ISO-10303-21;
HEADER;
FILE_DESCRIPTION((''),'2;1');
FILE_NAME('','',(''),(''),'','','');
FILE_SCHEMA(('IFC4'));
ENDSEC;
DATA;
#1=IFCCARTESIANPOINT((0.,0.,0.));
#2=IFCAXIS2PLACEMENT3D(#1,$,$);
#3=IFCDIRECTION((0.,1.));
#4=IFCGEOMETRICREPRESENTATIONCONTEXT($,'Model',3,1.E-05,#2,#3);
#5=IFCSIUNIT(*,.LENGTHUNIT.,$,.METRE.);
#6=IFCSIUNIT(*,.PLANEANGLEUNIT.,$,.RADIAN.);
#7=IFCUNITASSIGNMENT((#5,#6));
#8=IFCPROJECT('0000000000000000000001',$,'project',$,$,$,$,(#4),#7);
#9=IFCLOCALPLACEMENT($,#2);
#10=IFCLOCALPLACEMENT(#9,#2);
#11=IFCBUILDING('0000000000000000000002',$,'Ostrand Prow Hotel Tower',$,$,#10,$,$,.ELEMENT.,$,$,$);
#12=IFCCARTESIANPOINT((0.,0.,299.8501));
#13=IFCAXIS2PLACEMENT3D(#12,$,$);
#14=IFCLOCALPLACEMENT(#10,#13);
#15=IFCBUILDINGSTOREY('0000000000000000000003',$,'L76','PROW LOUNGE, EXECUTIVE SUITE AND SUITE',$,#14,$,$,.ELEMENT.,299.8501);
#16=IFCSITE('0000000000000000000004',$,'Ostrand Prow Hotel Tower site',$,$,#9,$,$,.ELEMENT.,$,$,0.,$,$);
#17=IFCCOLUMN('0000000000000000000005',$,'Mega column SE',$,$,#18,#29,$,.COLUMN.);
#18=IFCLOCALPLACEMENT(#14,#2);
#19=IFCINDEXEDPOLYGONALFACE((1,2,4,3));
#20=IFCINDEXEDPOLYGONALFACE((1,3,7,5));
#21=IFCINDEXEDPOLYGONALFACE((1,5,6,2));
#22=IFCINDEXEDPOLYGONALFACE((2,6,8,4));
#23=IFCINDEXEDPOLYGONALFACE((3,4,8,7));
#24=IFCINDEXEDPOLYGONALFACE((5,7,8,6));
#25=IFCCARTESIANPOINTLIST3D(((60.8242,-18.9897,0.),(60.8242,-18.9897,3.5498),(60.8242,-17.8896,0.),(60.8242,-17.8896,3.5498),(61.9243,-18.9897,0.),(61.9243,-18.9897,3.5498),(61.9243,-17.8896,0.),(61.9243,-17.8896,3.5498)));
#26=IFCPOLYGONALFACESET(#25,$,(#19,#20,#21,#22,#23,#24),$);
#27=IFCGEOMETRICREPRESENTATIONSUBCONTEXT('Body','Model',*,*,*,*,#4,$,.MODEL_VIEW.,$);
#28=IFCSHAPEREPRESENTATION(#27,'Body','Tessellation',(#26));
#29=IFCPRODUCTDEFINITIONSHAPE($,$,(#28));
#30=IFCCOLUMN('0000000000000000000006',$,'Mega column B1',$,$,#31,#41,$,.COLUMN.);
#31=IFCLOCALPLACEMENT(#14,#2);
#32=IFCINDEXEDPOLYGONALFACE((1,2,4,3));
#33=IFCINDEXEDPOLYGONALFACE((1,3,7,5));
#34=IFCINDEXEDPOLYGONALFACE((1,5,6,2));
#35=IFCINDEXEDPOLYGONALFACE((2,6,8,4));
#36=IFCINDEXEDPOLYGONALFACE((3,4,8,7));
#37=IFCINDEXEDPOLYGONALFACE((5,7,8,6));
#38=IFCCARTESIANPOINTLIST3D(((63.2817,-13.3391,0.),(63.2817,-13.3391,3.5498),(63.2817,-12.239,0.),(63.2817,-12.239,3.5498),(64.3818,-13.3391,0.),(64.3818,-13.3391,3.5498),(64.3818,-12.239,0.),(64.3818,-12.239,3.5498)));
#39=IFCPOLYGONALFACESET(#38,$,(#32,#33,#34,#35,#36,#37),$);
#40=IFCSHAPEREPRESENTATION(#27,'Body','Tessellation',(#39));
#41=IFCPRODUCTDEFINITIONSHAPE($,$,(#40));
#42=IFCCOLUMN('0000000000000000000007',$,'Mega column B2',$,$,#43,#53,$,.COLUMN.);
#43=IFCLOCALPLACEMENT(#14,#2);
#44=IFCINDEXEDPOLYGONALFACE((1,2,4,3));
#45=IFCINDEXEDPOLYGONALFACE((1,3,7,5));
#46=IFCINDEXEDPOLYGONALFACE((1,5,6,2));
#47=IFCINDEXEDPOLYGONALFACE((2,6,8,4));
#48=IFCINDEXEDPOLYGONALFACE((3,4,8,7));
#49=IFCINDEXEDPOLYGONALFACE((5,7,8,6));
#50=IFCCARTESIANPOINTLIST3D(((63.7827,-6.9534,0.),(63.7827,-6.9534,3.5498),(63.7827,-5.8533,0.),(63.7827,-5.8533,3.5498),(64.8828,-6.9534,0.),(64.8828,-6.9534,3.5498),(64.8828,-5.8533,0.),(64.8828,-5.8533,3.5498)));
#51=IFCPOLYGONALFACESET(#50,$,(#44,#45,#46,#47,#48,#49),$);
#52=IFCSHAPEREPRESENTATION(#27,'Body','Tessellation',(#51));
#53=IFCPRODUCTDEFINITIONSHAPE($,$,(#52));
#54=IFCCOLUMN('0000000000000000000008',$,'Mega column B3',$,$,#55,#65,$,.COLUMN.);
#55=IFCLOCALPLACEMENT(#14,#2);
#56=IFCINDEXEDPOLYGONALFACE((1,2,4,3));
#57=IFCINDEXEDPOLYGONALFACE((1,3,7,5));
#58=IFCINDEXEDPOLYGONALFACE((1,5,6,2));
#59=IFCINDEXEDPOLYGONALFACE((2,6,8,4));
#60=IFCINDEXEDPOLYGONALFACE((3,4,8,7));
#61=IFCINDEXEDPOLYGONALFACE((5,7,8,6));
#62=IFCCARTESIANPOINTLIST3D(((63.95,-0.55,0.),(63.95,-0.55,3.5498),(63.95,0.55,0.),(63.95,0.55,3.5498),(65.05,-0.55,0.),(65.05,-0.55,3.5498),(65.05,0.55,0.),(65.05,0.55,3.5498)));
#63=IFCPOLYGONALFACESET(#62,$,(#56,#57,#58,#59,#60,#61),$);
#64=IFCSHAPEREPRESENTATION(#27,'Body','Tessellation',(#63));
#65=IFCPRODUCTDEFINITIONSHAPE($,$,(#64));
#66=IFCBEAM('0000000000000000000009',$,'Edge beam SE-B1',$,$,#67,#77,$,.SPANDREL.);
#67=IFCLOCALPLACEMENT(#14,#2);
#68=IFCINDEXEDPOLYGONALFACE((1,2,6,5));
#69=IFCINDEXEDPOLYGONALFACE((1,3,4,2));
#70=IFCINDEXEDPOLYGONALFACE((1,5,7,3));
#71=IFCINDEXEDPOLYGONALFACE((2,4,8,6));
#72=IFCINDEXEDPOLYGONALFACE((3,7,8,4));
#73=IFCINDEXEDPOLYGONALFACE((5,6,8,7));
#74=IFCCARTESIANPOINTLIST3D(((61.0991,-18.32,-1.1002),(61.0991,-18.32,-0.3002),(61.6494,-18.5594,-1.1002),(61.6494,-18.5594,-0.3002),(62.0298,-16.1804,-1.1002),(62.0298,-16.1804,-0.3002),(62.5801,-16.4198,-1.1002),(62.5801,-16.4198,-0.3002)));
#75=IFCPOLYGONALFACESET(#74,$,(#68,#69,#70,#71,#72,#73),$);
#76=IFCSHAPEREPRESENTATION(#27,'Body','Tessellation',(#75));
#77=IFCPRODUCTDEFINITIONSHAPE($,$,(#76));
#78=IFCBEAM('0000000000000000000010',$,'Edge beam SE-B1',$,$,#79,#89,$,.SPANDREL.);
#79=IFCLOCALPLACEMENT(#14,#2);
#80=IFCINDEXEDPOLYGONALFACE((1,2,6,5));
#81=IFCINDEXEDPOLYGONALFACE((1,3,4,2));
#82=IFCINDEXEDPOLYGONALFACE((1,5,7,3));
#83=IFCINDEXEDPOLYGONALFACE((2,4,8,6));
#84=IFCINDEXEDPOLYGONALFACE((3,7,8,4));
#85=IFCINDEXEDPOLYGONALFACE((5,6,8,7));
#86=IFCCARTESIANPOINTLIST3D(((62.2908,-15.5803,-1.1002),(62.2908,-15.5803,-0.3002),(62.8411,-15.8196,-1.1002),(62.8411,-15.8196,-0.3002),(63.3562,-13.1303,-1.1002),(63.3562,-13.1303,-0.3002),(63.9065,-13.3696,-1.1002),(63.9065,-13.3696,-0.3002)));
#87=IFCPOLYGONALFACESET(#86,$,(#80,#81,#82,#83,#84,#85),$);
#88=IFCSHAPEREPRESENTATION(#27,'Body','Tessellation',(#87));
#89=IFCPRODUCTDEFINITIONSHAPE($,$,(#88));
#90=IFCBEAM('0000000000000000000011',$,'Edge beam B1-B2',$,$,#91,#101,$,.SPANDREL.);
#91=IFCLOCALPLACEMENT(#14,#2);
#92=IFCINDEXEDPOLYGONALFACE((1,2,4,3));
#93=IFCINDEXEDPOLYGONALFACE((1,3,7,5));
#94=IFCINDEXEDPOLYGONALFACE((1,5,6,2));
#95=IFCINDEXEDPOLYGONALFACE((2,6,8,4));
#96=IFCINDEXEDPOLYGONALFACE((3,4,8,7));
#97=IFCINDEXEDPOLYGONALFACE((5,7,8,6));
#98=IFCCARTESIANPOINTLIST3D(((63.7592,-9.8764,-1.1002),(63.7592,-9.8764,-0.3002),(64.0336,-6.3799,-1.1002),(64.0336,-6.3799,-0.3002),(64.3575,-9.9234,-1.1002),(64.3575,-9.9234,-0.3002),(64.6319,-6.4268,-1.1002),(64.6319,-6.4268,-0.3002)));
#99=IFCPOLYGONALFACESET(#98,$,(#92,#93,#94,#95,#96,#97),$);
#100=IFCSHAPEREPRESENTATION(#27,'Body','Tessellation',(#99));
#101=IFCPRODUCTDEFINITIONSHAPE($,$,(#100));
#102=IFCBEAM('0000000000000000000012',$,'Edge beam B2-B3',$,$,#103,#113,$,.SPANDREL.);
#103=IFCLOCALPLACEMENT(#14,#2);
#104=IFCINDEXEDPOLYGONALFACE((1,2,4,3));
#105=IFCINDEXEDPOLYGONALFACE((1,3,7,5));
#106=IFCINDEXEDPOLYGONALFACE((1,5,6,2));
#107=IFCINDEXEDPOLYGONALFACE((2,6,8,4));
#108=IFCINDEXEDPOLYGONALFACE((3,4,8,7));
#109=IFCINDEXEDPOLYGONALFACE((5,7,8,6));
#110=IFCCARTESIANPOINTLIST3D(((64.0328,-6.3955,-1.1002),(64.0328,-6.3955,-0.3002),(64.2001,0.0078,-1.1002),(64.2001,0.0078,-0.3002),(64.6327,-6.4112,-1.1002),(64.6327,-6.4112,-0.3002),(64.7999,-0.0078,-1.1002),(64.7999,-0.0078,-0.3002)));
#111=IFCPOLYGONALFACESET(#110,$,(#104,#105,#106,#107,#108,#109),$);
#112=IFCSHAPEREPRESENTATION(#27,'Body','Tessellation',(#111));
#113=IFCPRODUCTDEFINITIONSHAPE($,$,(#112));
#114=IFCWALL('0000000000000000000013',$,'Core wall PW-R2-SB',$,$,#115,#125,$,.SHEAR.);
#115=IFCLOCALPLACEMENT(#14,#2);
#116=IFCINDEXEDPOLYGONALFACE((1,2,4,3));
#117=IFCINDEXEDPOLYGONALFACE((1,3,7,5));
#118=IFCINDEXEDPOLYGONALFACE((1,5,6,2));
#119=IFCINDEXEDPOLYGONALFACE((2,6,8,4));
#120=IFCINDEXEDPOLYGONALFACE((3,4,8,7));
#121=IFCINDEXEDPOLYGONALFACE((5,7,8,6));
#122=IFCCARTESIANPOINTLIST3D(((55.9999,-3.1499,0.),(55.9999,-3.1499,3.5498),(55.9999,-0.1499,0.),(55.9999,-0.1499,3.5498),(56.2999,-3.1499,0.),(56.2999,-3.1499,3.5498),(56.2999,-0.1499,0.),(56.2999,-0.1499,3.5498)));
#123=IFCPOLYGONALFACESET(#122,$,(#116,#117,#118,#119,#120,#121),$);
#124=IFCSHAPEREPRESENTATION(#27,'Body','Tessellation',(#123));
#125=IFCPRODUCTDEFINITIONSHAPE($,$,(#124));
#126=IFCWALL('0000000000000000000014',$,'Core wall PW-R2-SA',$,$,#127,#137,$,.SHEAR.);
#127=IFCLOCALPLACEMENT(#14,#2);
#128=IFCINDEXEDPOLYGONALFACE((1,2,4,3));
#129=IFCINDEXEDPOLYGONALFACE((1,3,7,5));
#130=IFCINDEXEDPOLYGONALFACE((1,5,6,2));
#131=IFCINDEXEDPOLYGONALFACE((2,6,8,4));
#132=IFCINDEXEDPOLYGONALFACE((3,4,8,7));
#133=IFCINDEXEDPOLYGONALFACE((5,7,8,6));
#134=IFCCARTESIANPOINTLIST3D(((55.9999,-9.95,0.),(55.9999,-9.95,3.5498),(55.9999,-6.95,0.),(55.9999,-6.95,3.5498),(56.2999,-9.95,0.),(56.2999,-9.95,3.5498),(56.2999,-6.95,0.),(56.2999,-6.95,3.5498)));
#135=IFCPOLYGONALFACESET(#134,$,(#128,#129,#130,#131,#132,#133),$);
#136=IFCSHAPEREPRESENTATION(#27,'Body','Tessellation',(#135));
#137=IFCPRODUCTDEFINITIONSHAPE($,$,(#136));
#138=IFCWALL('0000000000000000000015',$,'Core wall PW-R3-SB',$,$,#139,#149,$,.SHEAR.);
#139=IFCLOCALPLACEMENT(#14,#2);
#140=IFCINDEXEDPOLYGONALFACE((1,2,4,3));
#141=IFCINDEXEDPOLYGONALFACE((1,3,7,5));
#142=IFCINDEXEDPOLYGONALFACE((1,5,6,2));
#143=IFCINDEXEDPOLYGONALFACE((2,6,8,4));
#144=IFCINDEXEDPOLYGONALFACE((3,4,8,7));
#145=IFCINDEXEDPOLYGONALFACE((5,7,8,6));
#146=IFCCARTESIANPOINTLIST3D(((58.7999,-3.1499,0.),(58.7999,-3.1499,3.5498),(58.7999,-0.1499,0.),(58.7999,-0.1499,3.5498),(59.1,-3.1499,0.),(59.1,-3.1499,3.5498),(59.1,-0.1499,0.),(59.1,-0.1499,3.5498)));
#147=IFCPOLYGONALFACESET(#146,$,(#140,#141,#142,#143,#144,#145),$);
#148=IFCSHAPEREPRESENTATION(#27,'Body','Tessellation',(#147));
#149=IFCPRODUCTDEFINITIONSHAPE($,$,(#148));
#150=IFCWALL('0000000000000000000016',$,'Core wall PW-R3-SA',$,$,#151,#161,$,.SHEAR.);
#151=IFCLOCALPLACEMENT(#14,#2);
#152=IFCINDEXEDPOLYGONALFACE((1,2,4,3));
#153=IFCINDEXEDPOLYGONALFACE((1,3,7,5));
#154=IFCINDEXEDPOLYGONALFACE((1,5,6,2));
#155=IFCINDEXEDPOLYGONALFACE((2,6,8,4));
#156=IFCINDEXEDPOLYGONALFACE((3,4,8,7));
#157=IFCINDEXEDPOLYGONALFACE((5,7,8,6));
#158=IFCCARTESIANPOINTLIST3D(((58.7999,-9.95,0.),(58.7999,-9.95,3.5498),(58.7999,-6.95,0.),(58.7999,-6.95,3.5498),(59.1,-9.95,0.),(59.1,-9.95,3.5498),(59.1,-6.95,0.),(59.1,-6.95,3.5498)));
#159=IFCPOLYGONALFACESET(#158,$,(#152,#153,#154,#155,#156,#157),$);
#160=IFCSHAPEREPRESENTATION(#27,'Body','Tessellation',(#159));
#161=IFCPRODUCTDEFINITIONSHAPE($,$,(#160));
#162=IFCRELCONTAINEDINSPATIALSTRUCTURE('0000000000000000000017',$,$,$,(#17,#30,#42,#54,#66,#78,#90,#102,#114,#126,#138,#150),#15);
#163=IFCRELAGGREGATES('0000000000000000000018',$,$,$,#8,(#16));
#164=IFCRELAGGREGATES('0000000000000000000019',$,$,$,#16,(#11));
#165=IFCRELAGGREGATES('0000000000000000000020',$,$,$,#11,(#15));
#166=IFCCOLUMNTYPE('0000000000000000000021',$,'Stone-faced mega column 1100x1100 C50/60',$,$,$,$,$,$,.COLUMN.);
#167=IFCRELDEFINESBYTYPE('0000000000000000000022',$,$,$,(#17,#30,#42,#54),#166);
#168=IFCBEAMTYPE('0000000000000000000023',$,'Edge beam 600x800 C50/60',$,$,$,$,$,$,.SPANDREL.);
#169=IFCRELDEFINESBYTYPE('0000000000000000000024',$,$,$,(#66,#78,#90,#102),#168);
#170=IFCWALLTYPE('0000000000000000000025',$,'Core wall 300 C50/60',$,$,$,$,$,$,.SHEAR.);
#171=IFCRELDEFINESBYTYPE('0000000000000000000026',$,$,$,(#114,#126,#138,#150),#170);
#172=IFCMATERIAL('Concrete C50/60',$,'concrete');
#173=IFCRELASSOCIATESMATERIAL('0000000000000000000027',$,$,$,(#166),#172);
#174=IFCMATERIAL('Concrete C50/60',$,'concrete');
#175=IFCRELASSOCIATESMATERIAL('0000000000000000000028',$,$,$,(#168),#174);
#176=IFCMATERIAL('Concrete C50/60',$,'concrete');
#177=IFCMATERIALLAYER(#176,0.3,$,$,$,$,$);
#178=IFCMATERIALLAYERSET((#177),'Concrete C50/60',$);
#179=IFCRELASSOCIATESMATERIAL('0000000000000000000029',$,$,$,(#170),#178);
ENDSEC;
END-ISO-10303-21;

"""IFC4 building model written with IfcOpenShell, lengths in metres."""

from ifc_helpers import new_model, si_unit, direction, frame, frame_2d, origin, origin_2d, place, context, subcontext, project, spatial, rectangle, extrude, material, layer, layer_set, material_profile, profile_set, type_object, element, save


model = new_model("IFC4")

# Units and contexts
model_context = context("Model", 3, precision=1e-05, world=origin(), true_north=direction((0.0, 1.0)))
body_context = subcontext(model_context, "Body", "Model", "MODEL_VIEW")
ifc_project = project(units=[si_unit("LENGTHUNIT", "METRE"), si_unit("PLANEANGLEUNIT", "RADIAN")], contexts=[model_context])

# Site, building, storey
site_placement = place(None, origin())
site = spatial("IfcSite", under=ifc_project, at=site_placement, Name="Ostrand Prow Hotel Tower site", CompositionType="ELEMENT", RefElevation=0.0)
building_placement = place(site_placement, origin())
building = spatial("IfcBuilding", under=site, at=building_placement, Name="Ostrand Prow Hotel Tower", CompositionType="ELEMENT")
storey_placement = place(building_placement, frame((0.0, 0.0, 299.8501)))
storey = spatial("IfcBuildingStorey", under=building, at=storey_placement, Name="L76", Description="PROW LOUNGE, EXECUTIVE SUITE AND SUITE", CompositionType="ELEMENT", Elevation=299.8501)

# Columns
ifc_material_1 = material(Name="Concrete C50/60", Category="concrete")
ifc_material_profile_1 = material_profile(ifc_material_1, rectangle(XDim=1.1001, YDim=1.1001, at=origin_2d()), Name="RC 1100x1100")
ifc_profile_set_1 = profile_set([ifc_material_profile_1], Name="Concrete C50/60")
column_type = type_object("IfcColumnType", Name="Stone-faced mega column 1100x1100 C50/60", PredefinedType="COLUMN", material=ifc_profile_set_1)
for number, where, z_axis, x_axis, name in (
    (1, (61.3743, -18.4397, 0.0), (0.0, 0.0, 1.0), (1.0, 0.0, 0.0), "Mega column SE"),
    (2, (63.8318, -12.7891, 0.0), (0.0, 0.0, 1.0), (1.0, 0.0, 0.0), "Mega column B1"),
    (3, (64.3328, -6.4033, 0.0), (0.0, 0.0, 1.0), (1.0, 0.0, 0.0), "Mega column B2"),
    (4, (64.5, 0.0, 0.0), (0.0, 0.0, 1.0), (1.0, 0.0, 0.0), "Mega column B3"),
):
    element("IfcColumn", number, at=place(storey_placement, frame(where, z_axis=z_axis, x_axis=x_axis)), inside=storey, type_object=column_type, Name=name, PredefinedType="COLUMN", context=body_context, shape_type="SweptSolid", body=[
        extrude(rectangle(XDim=1.1001, YDim=1.1001, at=origin_2d()), origin(), (0.0, 0.0, 1.0), 3.5498),
    ])

# Beams
ifc_material_2 = material(Name="Concrete C50/60", Category="concrete")
ifc_material_profile_2 = material_profile(ifc_material_2, rectangle(XDim=0.6001, YDim=0.8, at=origin_2d()), Name="RC 600x800")
ifc_profile_set_2 = profile_set([ifc_material_profile_2], Name="Concrete C50/60")
beam_type = type_object("IfcBeamType", Name="Edge beam 600x800 C50/60", PredefinedType="SPANDREL", material=ifc_profile_set_2)
beam_1_placement = place(storey_placement, frame((61.3743, -18.4397, -0.7002), z_axis=(0.398864, 0.91701, 0.0), x_axis=(-0.91701, 0.398864, 0.0)))
element("IfcBeam", 5, at=beam_1_placement, inside=storey, type_object=beam_type, Name="Edge beam SE-B1", PredefinedType="SPANDREL", context=body_context, shape_type="SweptSolid", body=[
    extrude(rectangle(XDim=0.6001, YDim=0.8, at=origin_2d()), origin(), (0.0, 0.0, 1.0), 2.3333),
])
beam_2_placement = place(storey_placement, frame((62.5659, -15.7, -0.7002), z_axis=(0.3988, 0.917038, 0.0), x_axis=(-0.917038, 0.3988, 0.0)))
element("IfcBeam", 6, at=beam_2_placement, inside=storey, type_object=beam_type, Name="Edge beam SE-B1", PredefinedType="SPANDREL", context=body_context, shape_type="SweptSolid", body=[
    extrude(rectangle(XDim=0.6001, YDim=0.8, at=origin_2d()), origin(), (0.0, 0.0, 1.0), 2.6716),
])
beam_3_placement = place(storey_placement, frame((64.0583, -9.8999, -0.7002), z_axis=(0.07824, 0.996935, 0.0), x_axis=(-0.996935, 0.07824, 0.0)))
element("IfcBeam", 7, at=beam_3_placement, inside=storey, type_object=beam_type, Name="Edge beam B1-B2", PredefinedType="SPANDREL", context=body_context, shape_type="SweptSolid", body=[
    extrude(rectangle(XDim=0.6001, YDim=0.8, at=origin_2d()), origin(), (0.0, 0.0, 1.0), 3.5073),
])
beam_4_placement = place(storey_placement, frame((64.3328, -6.4033, -0.7002), z_axis=(0.026108, 0.999659, 0.0), x_axis=(-0.999659, 0.026108, 0.0)))
element("IfcBeam", 8, at=beam_4_placement, inside=storey, type_object=beam_type, Name="Edge beam B2-B3", PredefinedType="SPANDREL", context=body_context, shape_type="SweptSolid", body=[
    extrude(rectangle(XDim=0.6001, YDim=0.8, at=origin_2d()), origin(), (0.0, 0.0, 1.0), 6.4055),
])

# Walls
ifc_material_3 = material(Name="Concrete C50/60", Category="concrete")
ifc_layer_1 = layer(ifc_material_3, 0.3)
ifc_layer_set_1 = layer_set([ifc_layer_1], Name="Concrete C50/60")
wall_type_1 = type_object("IfcWallType", Name="Core wall 300 C50/60", PredefinedType="SHEAR", material=ifc_layer_set_1)
for number, where, z_axis, x_axis, name in (
    (9, (56.1499, -3.1499, 0.0), (0.0, 0.0, 1.0), (0.0, 1.0, 0.0), "Core wall PW-R2-SB"),
    (10, (56.1499, -9.95, 0.0), (0.0, 0.0, 1.0), (0.0, 1.0, 0.0), "Core wall PW-R2-SA"),
    (11, (58.95, -3.1499, 0.0), (0.0, 0.0, 1.0), (0.0, 1.0, 0.0), "Core wall PW-R3-SB"),
    (12, (58.95, -9.95, 0.0), (0.0, 0.0, 1.0), (0.0, 1.0, 0.0), "Core wall PW-R3-SA"),
):
    element("IfcWall", number, at=place(storey_placement, frame(where, z_axis=z_axis, x_axis=x_axis)), inside=storey, type_object=wall_type_1, Name=name, PredefinedType="SHEAR", context=body_context, shape_type="SweptSolid", body=[
        extrude(rectangle(XDim=3.0, YDim=0.3, at=frame_2d((1.5, 0.0))), origin(), (0.0, 0.0, 1.0), 3.5498),
    ])

save(model, "model.ifc")
